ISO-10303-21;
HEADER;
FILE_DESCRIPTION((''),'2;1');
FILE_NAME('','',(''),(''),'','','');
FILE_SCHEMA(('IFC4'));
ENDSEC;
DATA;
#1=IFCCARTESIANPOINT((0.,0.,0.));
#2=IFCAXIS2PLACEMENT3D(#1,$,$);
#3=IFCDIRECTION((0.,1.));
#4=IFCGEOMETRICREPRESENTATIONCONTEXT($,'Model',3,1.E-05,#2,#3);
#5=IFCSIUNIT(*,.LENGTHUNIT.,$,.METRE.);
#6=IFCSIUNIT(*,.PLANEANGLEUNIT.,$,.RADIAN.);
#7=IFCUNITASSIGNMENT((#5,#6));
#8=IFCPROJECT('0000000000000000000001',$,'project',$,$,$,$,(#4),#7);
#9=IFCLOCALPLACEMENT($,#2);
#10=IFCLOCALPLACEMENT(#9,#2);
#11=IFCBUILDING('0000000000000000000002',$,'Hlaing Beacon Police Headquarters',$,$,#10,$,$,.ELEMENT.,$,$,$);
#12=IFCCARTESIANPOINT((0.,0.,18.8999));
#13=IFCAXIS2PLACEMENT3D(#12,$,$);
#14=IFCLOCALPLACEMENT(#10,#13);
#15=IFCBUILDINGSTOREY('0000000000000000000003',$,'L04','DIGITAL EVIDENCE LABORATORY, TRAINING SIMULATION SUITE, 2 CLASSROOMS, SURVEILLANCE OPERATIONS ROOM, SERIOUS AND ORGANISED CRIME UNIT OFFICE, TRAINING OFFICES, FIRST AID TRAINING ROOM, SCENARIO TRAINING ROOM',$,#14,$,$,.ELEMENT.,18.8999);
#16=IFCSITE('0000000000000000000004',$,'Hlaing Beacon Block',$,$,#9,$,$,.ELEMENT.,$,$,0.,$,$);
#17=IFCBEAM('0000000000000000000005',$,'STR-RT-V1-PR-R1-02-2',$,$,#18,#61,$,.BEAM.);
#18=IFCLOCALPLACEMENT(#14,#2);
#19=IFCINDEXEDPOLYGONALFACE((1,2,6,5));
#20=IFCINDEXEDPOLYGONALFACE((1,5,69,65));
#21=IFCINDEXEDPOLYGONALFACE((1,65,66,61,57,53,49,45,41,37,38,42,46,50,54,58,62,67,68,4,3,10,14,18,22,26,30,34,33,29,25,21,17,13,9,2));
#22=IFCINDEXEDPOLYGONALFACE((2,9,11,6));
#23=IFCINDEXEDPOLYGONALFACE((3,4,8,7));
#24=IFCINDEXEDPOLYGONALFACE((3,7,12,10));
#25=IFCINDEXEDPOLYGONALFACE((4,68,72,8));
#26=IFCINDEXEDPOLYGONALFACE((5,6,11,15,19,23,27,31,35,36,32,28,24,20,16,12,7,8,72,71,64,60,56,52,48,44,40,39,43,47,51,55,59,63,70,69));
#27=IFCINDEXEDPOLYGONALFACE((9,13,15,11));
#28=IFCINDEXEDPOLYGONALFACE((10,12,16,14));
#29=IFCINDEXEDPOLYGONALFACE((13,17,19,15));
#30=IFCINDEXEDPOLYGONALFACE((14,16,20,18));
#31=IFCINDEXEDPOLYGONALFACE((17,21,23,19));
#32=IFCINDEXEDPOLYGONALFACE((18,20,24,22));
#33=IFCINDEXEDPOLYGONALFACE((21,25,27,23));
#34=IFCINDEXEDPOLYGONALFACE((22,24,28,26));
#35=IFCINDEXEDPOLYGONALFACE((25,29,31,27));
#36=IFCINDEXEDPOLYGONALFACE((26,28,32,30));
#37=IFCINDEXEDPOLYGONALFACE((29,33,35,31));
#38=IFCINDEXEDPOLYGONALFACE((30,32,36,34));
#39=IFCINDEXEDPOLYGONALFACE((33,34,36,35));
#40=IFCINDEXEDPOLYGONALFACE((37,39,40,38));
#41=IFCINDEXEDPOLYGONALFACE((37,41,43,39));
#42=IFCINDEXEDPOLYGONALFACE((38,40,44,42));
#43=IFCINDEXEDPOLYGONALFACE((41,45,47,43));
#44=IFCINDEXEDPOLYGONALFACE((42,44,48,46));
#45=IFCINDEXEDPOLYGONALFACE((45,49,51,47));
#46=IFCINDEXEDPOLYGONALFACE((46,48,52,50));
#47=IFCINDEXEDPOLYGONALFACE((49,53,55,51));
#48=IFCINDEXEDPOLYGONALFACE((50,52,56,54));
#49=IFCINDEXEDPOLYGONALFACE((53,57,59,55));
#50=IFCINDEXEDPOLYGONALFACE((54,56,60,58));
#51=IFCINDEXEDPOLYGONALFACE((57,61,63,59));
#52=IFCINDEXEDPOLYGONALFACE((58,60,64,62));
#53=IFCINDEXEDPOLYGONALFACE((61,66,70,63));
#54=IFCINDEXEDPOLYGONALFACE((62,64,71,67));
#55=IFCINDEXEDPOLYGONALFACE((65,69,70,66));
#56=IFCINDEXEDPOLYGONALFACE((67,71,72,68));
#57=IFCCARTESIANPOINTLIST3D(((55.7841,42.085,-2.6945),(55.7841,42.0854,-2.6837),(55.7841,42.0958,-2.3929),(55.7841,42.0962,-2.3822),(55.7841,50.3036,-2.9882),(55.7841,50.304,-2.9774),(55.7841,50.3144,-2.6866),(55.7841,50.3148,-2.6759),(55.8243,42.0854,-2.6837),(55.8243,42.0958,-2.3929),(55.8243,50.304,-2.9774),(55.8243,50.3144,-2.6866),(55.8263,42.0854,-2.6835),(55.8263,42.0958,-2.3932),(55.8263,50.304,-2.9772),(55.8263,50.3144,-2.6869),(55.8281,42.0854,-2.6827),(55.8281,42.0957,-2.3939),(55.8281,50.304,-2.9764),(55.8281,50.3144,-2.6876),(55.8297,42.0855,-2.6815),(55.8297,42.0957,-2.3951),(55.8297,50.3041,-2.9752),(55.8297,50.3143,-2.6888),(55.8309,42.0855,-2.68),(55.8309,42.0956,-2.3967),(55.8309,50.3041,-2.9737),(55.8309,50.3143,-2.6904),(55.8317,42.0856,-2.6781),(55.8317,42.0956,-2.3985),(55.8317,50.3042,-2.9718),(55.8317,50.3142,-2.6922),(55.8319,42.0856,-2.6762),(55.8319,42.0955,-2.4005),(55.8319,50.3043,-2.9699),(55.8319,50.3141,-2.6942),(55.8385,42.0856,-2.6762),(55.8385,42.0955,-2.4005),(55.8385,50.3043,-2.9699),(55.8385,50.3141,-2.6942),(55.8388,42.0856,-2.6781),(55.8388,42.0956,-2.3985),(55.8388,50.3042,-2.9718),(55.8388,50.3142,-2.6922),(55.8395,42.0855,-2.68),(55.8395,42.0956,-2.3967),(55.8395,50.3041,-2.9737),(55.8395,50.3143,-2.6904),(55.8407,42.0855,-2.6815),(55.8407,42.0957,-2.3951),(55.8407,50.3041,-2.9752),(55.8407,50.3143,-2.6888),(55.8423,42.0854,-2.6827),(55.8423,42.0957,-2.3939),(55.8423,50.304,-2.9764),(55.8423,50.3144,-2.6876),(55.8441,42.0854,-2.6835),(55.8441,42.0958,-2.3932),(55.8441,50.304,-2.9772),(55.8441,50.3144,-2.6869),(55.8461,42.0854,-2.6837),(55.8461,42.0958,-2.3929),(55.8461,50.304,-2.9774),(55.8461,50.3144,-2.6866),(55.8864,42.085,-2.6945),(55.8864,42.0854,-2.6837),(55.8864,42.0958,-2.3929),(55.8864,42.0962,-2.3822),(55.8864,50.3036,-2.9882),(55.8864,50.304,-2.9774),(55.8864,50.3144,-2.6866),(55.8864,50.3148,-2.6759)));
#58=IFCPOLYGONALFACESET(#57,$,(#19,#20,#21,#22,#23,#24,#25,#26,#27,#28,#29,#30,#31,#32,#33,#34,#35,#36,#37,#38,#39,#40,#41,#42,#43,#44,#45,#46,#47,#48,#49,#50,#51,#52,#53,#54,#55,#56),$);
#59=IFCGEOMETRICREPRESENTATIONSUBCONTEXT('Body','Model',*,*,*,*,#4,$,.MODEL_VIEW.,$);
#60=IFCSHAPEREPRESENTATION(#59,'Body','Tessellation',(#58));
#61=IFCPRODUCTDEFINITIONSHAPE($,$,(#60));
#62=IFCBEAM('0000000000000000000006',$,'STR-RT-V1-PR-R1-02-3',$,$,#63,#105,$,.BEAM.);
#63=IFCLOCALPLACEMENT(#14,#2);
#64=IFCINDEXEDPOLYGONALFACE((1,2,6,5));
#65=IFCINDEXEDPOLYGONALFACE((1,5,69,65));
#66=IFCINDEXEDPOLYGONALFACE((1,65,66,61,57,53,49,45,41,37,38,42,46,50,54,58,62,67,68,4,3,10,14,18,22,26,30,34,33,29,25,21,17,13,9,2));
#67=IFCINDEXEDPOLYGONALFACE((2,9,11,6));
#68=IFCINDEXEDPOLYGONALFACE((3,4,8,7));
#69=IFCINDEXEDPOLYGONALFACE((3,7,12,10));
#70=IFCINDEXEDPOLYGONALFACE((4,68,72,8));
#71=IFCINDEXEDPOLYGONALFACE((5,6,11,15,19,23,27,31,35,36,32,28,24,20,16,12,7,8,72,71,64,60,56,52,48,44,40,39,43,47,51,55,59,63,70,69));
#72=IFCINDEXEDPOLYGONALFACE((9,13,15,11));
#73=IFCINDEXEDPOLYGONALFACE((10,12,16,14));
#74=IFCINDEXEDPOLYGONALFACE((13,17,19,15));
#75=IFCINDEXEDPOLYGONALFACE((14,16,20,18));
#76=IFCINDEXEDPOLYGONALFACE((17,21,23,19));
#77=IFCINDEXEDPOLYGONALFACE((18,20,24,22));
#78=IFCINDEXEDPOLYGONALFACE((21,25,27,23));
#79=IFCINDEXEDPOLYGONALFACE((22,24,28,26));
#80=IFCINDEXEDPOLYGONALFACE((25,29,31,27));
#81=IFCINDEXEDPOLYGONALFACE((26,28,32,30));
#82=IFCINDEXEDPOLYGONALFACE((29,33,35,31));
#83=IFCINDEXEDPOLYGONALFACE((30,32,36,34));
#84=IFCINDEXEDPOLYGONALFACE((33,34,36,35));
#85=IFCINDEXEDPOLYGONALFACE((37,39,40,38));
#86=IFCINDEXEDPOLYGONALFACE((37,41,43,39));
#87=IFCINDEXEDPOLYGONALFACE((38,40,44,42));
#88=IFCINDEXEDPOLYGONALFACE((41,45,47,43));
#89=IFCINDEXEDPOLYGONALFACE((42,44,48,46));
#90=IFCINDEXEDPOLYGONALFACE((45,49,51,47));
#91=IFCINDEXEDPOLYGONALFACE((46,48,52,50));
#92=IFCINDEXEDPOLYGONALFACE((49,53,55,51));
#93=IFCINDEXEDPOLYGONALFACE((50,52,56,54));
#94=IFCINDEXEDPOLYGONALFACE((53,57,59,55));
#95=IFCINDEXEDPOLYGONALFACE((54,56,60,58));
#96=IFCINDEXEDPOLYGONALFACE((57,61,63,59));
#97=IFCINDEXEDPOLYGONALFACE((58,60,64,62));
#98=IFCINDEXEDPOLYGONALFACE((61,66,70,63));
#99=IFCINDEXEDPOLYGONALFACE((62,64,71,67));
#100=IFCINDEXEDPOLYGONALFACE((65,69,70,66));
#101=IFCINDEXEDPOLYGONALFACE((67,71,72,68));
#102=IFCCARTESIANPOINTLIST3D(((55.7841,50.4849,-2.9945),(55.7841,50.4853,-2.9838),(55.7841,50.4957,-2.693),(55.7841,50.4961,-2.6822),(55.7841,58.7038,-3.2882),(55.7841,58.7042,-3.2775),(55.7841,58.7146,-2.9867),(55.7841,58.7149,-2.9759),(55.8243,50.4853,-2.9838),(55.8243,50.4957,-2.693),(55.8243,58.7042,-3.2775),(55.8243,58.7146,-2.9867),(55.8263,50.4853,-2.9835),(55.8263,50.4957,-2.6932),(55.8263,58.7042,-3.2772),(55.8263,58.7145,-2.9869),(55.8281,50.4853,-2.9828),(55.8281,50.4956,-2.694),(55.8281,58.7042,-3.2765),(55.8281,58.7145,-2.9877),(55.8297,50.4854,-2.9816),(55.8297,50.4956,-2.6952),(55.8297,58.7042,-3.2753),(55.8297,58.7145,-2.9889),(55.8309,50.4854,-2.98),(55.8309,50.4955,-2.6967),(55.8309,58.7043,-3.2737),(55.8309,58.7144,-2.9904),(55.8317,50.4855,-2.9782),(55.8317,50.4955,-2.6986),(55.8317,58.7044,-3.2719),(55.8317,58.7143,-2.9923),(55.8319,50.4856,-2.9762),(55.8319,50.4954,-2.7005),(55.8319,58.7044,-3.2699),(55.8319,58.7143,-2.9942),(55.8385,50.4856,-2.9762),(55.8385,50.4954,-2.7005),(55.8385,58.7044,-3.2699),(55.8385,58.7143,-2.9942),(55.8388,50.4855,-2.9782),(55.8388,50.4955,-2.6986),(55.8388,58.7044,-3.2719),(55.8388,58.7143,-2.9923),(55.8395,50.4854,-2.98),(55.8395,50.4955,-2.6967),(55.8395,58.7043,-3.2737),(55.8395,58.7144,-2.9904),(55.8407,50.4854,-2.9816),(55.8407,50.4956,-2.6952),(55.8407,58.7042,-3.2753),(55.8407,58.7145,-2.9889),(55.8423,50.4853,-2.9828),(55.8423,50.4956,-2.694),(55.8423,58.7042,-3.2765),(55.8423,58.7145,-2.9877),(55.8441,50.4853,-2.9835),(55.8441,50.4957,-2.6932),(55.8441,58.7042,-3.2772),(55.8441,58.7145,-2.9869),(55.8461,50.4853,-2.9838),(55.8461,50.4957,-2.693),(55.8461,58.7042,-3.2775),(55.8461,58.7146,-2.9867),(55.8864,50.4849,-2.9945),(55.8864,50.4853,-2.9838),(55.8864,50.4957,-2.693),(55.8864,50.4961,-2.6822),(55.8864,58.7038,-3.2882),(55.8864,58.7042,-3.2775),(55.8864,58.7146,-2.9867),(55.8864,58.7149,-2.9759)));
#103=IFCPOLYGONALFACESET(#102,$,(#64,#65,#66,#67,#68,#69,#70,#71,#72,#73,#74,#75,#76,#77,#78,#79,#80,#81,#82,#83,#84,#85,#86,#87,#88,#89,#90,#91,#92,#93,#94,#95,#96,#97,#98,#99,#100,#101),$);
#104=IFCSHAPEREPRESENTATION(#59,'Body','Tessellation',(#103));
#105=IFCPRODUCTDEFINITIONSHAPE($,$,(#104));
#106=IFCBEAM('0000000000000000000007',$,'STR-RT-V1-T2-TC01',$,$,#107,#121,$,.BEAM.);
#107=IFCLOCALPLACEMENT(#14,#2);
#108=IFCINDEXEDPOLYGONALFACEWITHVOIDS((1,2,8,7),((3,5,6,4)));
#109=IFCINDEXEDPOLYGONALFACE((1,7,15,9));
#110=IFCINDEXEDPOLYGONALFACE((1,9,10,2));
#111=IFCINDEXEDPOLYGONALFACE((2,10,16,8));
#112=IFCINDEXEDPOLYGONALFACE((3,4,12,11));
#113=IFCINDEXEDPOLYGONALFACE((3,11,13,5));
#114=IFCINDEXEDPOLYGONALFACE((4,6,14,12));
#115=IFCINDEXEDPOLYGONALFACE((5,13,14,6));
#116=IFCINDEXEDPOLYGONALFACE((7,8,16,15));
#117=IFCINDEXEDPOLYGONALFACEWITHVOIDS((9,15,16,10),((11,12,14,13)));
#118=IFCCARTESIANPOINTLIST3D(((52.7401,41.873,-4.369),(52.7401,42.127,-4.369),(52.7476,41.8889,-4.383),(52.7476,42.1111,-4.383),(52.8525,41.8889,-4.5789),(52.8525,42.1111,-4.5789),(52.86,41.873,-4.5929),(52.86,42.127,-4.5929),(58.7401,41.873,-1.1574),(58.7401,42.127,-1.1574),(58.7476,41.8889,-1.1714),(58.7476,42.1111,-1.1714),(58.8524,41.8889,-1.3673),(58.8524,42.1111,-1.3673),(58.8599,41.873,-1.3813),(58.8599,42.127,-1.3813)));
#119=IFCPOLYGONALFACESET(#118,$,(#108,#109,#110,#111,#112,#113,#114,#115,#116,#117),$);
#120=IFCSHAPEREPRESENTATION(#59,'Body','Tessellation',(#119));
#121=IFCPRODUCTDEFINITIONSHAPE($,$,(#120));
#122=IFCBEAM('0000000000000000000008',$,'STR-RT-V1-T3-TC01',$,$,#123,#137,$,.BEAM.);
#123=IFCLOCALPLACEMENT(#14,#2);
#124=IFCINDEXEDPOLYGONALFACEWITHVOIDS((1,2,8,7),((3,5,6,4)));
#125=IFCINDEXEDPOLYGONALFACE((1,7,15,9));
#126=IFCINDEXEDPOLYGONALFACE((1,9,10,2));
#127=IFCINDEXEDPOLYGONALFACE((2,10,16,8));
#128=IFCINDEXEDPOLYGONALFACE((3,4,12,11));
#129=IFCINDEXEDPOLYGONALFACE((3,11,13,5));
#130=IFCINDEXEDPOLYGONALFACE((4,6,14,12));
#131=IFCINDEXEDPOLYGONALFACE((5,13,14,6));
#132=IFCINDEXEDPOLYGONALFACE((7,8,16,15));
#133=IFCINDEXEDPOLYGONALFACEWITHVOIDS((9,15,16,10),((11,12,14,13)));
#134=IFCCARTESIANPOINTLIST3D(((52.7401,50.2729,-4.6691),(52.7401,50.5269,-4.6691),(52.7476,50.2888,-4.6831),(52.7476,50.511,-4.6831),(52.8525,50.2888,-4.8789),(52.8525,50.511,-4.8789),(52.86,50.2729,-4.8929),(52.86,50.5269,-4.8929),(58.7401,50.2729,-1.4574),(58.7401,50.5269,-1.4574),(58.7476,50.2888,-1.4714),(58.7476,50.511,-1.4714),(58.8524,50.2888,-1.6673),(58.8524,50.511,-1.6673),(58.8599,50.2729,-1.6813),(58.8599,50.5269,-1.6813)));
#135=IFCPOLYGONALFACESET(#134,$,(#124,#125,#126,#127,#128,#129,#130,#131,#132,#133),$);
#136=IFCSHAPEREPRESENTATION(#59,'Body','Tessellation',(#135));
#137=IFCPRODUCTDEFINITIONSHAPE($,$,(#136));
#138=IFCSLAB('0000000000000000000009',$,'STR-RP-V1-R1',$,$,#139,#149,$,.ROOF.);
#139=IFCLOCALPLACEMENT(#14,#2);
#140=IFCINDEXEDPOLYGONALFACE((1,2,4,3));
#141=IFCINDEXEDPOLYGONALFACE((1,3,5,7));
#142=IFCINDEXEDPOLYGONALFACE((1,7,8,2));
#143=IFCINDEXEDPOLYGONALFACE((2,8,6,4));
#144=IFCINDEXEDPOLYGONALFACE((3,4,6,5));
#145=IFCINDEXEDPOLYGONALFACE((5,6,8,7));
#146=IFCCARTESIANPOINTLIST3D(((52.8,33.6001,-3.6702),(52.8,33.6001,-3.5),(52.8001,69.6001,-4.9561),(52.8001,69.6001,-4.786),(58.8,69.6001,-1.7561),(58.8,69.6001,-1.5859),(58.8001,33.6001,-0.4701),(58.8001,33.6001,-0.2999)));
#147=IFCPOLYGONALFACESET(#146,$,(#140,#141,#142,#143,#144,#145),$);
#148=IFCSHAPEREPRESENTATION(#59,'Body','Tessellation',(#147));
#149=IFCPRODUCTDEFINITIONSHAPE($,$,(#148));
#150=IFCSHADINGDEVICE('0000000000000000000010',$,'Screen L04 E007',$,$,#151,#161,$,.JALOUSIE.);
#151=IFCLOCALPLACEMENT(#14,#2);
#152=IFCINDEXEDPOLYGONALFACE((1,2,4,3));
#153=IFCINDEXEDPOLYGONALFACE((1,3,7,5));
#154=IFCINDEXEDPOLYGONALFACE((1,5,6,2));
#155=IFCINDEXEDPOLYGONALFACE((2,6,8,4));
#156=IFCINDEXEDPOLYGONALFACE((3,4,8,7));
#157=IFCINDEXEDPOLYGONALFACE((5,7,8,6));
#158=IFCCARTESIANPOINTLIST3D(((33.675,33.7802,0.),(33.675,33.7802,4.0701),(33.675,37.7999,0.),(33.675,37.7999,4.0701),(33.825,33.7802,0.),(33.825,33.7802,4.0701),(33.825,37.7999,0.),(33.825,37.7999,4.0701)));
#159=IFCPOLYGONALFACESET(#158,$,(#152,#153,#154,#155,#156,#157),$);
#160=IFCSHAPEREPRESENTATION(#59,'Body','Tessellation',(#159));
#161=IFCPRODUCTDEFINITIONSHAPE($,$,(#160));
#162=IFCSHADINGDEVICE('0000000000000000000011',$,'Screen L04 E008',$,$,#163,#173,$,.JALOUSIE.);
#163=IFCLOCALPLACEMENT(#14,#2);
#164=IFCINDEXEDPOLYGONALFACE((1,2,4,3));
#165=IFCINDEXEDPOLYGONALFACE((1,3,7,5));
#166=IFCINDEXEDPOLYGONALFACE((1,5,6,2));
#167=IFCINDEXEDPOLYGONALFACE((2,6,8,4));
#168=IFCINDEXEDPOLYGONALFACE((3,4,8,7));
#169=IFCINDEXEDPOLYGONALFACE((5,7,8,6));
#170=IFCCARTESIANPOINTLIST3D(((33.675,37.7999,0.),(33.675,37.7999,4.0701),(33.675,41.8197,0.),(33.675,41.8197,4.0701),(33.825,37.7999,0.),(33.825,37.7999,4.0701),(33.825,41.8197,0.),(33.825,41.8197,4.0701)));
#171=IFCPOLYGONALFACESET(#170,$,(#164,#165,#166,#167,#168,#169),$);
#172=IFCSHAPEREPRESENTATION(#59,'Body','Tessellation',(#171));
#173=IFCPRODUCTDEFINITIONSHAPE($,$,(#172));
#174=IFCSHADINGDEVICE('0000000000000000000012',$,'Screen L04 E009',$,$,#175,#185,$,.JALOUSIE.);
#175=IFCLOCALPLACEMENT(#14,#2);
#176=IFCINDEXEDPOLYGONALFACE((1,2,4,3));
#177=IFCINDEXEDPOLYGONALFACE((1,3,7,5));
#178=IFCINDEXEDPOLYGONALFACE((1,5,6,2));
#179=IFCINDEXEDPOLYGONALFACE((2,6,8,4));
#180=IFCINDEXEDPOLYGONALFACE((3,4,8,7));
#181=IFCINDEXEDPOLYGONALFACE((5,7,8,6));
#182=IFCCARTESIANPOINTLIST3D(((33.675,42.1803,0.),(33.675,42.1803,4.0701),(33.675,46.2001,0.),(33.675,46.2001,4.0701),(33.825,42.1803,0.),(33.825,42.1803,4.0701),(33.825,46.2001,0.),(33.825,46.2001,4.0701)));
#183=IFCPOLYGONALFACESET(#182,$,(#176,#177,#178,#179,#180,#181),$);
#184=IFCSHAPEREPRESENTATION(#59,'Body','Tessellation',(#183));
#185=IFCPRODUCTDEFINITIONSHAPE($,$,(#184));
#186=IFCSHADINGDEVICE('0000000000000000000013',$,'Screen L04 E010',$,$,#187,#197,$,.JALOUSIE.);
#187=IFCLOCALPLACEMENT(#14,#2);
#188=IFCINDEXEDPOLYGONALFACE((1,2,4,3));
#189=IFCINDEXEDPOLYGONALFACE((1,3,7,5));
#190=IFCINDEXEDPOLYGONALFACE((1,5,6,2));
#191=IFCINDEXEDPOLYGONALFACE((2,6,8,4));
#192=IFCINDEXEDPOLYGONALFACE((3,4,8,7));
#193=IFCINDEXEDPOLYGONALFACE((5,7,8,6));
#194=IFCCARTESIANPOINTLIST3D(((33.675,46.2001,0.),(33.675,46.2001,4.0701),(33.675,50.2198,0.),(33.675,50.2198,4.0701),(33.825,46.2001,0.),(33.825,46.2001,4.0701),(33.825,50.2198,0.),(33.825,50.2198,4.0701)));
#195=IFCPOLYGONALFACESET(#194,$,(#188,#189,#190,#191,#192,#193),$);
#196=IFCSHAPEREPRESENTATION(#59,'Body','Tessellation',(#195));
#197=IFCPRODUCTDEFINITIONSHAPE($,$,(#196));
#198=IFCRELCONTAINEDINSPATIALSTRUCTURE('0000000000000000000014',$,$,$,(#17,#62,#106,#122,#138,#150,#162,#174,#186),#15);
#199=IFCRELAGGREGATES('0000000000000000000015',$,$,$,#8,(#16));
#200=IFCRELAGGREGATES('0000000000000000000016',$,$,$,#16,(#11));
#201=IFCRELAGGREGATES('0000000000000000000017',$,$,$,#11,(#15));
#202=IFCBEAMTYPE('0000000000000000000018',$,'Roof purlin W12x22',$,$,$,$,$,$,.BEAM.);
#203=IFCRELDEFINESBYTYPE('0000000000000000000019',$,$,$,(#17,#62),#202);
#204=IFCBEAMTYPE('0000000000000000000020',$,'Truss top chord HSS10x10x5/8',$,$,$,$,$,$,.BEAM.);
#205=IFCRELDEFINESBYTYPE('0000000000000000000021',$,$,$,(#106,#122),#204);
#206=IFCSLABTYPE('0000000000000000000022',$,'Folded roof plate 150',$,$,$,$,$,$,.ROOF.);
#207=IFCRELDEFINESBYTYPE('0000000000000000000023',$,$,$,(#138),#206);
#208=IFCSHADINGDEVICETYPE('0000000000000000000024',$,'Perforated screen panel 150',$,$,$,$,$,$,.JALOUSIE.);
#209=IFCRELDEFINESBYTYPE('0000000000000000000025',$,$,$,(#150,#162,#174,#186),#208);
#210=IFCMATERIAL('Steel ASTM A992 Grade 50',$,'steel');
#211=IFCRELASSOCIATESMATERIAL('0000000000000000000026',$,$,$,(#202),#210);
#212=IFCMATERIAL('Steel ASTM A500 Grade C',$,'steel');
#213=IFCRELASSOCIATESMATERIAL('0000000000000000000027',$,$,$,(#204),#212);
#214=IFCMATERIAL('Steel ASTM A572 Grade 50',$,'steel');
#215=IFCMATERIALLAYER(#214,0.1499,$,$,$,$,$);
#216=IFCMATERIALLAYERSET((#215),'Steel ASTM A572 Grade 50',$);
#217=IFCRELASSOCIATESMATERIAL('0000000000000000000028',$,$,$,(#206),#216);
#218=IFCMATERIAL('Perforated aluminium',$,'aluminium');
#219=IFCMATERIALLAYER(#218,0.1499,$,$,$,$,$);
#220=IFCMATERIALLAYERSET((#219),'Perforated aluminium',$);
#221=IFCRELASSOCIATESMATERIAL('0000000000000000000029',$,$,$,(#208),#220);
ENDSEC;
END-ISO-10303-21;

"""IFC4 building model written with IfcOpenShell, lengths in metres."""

from ifc_helpers import new_model, si_unit, direction, frame, origin, origin_2d, place, context, subcontext, project, spatial, polyline, rectangle, hollow_rectangle, i_section, outline, extrude, material, layer, layer_set, material_profile, profile_set, type_object, element, save


model = new_model("IFC4")

# Units and contexts
model_context = context("Model", 3, precision=1e-05, world=origin(), true_north=direction((0.0, 1.0)))
body_context = subcontext(model_context, "Body", "Model", "MODEL_VIEW")
ifc_project = project(units=[si_unit("LENGTHUNIT", "METRE"), si_unit("PLANEANGLEUNIT", "RADIAN")], contexts=[model_context])

# Site, building, storey
site_placement = place(None, origin())
site = spatial("IfcSite", under=ifc_project, at=site_placement, Name="Hlaing Beacon Block", CompositionType="ELEMENT", RefElevation=0.0)
building_placement = place(site_placement, origin())
building = spatial("IfcBuilding", under=site, at=building_placement, Name="Hlaing Beacon Police Headquarters", CompositionType="ELEMENT")
storey_placement = place(building_placement, frame((0.0, 0.0, 18.8999)))
storey = spatial("IfcBuildingStorey", under=building, at=storey_placement, Name="L04", Description="DIGITAL EVIDENCE LABORATORY, TRAINING SIMULATION SUITE, 2 CLASSROOMS, SURVEILLANCE OPERATIONS ROOM, SERIOUS AND ORGANISED CRIME UNIT OFFICE, TRAINING OFFICES, FIRST AID TRAINING ROOM, SCENARIO TRAINING ROOM", CompositionType="ELEMENT", Elevation=18.8999)

# Beams
ifc_material_1 = material(Name="Steel ASTM A992 Grade 50", Category="steel")
ifc_material_profile_1 = material_profile(ifc_material_1, i_section(OverallWidth=0.1023, OverallDepth=0.3125, WebThickness=0.0066, FlangeThickness=0.0107, FilletRadius=0.0076, at=origin_2d()), Name="W12x22")
ifc_profile_set_1 = profile_set([ifc_material_profile_1], Name="Steel ASTM A992 Grade 50")
beam_type_1 = type_object("IfcBeamType", Name="Roof purlin W12x22", PredefinedType="BEAM", material=ifc_profile_set_1)
beam_1_placement = place(storey_placement, frame((55.8352, 42.0906, -2.5383), z_axis=(0.0, 0.999362, -0.035713), x_axis=(-1.0, 0.0, 0.0)))
element("IfcBeam", 1, at=beam_1_placement, inside=storey, type_object=beam_type_1, Name="STR-RT-V1-PR-R1-02-2", PredefinedType="BEAM", context=body_context, shape_type="SweptSolid", body=[
    extrude(i_section(OverallWidth=0.1023, OverallDepth=0.3125, WebThickness=0.0066, FlangeThickness=0.0107, FilletRadius=0.0076, at=origin_2d()), origin(), (0.0, 0.0, 1.0), 8.2239),
])
beam_2_placement = place(storey_placement, frame((55.8352, 50.4905, -2.8384), z_axis=(0.0, 0.999362, -0.035712), x_axis=(-1.0, 0.0, 0.0)))
element("IfcBeam", 2, at=beam_2_placement, inside=storey, type_object=beam_type_1, Name="STR-RT-V1-PR-R1-02-3", PredefinedType="BEAM", context=body_context, shape_type="SweptSolid", body=[
    extrude(i_section(OverallWidth=0.1023, OverallDepth=0.3125, WebThickness=0.0066, FlangeThickness=0.0107, FilletRadius=0.0076, at=origin_2d()), origin(), (0.0, 0.0, 1.0), 8.2241),
])
ifc_material_2 = material(Name="Steel ASTM A500 Grade C", Category="steel")
ifc_material_profile_2 = material_profile(ifc_material_2, hollow_rectangle(XDim=0.2539, YDim=0.2539, WallThickness=0.0159, at=origin_2d()), Name="HSS10x10x5/8")
ifc_profile_set_2 = profile_set([ifc_material_profile_2], Name="Steel ASTM A500 Grade C")
beam_type_2 = type_object("IfcBeamType", Name="Truss top chord HSS10x10x5/8", PredefinedType="BEAM", material=ifc_profile_set_2)
for number, where, z_axis, x_axis, name in (
    (3, (52.8, 42.0, -4.481), (0.88164, 0.0, 0.471923), (0.0, 1.0, 0.0), "STR-RT-V1-T2-TC01"),
    (4, (52.8, 50.3999, -4.781), (0.88164, 0.0, 0.471923), (0.0, 1.0, 0.0), "STR-RT-V1-T3-TC01"),
):
    element("IfcBeam", number, at=place(storey_placement, frame(where, z_axis=z_axis, x_axis=x_axis)), inside=storey, type_object=beam_type_2, Name=name, PredefinedType="BEAM", context=body_context, shape_type="SweptSolid", body=[
        extrude(hollow_rectangle(XDim=0.2539, YDim=0.2539, WallThickness=0.0159, at=origin_2d()), origin(), (0.0, 0.0, 1.0), 6.8054),
    ])

# Slab
ifc_material_3 = material(Name="Steel ASTM A572 Grade 50", Category="steel")
ifc_layer_1 = layer(ifc_material_3, 0.1499)
ifc_layer_set_1 = layer_set([ifc_layer_1], Name="Steel ASTM A572 Grade 50")
slab_type = type_object("IfcSlabType", Name="Folded roof plate 150", PredefinedType="ROOF", material=ifc_layer_set_1)
slab_placement = place(storey_placement, frame((52.8, 33.6001, -3.5), z_axis=(-0.470363, 0.031504, 0.88191), x_axis=(0.882348, 0.0, 0.470597)))
element("IfcSlab", 5, at=slab_placement, inside=storey, type_object=slab_type, Name="STR-RP-V1-R1", PredefinedType="ROOF", context=body_context, shape_type="SweptSolid", body=[
    extrude(outline(polyline([(0.0, 0.0), (6.8001, 0.0), (6.1948, 36.0179), (-0.6052, 36.0179), (0.0, 0.0)])), origin(), (-0.470597, 0.027797, -0.88191), 0.1702),
])

# Shading devices
ifc_material_4 = material(Name="Perforated aluminium", Category="aluminium")
ifc_layer_2 = layer(ifc_material_4, 0.1499)
ifc_layer_set_2 = layer_set([ifc_layer_2], Name="Perforated aluminium")
shading_device_type = type_object("IfcShadingDeviceType", Name="Perforated screen panel 150", PredefinedType="JALOUSIE", material=ifc_layer_set_2)
for number, where, z_axis, x_axis, name in (
    (6, (33.75, 35.79, 0.0), (0.0, 0.0, 1.0), (0.0, 1.0, 0.0), "Screen L04 E007"),
    (7, (33.75, 39.8098, 0.0), (0.0, 0.0, 1.0), (0.0, 1.0, 0.0), "Screen L04 E008"),
    (8, (33.75, 44.1902, 0.0), (0.0, 0.0, 1.0), (0.0, 1.0, 0.0), "Screen L04 E009"),
    (9, (33.75, 48.21, 0.0), (0.0, 0.0, 1.0), (0.0, 1.0, 0.0), "Screen L04 E010"),
):
    element("IfcShadingDevice", number, at=place(storey_placement, frame(where, z_axis=z_axis, x_axis=x_axis)), inside=storey, type_object=shading_device_type, Name=name, PredefinedType="JALOUSIE", context=body_context, shape_type="SweptSolid", body=[
        extrude(rectangle(XDim=4.0198, YDim=0.1499, at=origin_2d()), origin(), (0.0, 0.0, 1.0), 4.0701),
    ])

save(model, "model.ifc")
